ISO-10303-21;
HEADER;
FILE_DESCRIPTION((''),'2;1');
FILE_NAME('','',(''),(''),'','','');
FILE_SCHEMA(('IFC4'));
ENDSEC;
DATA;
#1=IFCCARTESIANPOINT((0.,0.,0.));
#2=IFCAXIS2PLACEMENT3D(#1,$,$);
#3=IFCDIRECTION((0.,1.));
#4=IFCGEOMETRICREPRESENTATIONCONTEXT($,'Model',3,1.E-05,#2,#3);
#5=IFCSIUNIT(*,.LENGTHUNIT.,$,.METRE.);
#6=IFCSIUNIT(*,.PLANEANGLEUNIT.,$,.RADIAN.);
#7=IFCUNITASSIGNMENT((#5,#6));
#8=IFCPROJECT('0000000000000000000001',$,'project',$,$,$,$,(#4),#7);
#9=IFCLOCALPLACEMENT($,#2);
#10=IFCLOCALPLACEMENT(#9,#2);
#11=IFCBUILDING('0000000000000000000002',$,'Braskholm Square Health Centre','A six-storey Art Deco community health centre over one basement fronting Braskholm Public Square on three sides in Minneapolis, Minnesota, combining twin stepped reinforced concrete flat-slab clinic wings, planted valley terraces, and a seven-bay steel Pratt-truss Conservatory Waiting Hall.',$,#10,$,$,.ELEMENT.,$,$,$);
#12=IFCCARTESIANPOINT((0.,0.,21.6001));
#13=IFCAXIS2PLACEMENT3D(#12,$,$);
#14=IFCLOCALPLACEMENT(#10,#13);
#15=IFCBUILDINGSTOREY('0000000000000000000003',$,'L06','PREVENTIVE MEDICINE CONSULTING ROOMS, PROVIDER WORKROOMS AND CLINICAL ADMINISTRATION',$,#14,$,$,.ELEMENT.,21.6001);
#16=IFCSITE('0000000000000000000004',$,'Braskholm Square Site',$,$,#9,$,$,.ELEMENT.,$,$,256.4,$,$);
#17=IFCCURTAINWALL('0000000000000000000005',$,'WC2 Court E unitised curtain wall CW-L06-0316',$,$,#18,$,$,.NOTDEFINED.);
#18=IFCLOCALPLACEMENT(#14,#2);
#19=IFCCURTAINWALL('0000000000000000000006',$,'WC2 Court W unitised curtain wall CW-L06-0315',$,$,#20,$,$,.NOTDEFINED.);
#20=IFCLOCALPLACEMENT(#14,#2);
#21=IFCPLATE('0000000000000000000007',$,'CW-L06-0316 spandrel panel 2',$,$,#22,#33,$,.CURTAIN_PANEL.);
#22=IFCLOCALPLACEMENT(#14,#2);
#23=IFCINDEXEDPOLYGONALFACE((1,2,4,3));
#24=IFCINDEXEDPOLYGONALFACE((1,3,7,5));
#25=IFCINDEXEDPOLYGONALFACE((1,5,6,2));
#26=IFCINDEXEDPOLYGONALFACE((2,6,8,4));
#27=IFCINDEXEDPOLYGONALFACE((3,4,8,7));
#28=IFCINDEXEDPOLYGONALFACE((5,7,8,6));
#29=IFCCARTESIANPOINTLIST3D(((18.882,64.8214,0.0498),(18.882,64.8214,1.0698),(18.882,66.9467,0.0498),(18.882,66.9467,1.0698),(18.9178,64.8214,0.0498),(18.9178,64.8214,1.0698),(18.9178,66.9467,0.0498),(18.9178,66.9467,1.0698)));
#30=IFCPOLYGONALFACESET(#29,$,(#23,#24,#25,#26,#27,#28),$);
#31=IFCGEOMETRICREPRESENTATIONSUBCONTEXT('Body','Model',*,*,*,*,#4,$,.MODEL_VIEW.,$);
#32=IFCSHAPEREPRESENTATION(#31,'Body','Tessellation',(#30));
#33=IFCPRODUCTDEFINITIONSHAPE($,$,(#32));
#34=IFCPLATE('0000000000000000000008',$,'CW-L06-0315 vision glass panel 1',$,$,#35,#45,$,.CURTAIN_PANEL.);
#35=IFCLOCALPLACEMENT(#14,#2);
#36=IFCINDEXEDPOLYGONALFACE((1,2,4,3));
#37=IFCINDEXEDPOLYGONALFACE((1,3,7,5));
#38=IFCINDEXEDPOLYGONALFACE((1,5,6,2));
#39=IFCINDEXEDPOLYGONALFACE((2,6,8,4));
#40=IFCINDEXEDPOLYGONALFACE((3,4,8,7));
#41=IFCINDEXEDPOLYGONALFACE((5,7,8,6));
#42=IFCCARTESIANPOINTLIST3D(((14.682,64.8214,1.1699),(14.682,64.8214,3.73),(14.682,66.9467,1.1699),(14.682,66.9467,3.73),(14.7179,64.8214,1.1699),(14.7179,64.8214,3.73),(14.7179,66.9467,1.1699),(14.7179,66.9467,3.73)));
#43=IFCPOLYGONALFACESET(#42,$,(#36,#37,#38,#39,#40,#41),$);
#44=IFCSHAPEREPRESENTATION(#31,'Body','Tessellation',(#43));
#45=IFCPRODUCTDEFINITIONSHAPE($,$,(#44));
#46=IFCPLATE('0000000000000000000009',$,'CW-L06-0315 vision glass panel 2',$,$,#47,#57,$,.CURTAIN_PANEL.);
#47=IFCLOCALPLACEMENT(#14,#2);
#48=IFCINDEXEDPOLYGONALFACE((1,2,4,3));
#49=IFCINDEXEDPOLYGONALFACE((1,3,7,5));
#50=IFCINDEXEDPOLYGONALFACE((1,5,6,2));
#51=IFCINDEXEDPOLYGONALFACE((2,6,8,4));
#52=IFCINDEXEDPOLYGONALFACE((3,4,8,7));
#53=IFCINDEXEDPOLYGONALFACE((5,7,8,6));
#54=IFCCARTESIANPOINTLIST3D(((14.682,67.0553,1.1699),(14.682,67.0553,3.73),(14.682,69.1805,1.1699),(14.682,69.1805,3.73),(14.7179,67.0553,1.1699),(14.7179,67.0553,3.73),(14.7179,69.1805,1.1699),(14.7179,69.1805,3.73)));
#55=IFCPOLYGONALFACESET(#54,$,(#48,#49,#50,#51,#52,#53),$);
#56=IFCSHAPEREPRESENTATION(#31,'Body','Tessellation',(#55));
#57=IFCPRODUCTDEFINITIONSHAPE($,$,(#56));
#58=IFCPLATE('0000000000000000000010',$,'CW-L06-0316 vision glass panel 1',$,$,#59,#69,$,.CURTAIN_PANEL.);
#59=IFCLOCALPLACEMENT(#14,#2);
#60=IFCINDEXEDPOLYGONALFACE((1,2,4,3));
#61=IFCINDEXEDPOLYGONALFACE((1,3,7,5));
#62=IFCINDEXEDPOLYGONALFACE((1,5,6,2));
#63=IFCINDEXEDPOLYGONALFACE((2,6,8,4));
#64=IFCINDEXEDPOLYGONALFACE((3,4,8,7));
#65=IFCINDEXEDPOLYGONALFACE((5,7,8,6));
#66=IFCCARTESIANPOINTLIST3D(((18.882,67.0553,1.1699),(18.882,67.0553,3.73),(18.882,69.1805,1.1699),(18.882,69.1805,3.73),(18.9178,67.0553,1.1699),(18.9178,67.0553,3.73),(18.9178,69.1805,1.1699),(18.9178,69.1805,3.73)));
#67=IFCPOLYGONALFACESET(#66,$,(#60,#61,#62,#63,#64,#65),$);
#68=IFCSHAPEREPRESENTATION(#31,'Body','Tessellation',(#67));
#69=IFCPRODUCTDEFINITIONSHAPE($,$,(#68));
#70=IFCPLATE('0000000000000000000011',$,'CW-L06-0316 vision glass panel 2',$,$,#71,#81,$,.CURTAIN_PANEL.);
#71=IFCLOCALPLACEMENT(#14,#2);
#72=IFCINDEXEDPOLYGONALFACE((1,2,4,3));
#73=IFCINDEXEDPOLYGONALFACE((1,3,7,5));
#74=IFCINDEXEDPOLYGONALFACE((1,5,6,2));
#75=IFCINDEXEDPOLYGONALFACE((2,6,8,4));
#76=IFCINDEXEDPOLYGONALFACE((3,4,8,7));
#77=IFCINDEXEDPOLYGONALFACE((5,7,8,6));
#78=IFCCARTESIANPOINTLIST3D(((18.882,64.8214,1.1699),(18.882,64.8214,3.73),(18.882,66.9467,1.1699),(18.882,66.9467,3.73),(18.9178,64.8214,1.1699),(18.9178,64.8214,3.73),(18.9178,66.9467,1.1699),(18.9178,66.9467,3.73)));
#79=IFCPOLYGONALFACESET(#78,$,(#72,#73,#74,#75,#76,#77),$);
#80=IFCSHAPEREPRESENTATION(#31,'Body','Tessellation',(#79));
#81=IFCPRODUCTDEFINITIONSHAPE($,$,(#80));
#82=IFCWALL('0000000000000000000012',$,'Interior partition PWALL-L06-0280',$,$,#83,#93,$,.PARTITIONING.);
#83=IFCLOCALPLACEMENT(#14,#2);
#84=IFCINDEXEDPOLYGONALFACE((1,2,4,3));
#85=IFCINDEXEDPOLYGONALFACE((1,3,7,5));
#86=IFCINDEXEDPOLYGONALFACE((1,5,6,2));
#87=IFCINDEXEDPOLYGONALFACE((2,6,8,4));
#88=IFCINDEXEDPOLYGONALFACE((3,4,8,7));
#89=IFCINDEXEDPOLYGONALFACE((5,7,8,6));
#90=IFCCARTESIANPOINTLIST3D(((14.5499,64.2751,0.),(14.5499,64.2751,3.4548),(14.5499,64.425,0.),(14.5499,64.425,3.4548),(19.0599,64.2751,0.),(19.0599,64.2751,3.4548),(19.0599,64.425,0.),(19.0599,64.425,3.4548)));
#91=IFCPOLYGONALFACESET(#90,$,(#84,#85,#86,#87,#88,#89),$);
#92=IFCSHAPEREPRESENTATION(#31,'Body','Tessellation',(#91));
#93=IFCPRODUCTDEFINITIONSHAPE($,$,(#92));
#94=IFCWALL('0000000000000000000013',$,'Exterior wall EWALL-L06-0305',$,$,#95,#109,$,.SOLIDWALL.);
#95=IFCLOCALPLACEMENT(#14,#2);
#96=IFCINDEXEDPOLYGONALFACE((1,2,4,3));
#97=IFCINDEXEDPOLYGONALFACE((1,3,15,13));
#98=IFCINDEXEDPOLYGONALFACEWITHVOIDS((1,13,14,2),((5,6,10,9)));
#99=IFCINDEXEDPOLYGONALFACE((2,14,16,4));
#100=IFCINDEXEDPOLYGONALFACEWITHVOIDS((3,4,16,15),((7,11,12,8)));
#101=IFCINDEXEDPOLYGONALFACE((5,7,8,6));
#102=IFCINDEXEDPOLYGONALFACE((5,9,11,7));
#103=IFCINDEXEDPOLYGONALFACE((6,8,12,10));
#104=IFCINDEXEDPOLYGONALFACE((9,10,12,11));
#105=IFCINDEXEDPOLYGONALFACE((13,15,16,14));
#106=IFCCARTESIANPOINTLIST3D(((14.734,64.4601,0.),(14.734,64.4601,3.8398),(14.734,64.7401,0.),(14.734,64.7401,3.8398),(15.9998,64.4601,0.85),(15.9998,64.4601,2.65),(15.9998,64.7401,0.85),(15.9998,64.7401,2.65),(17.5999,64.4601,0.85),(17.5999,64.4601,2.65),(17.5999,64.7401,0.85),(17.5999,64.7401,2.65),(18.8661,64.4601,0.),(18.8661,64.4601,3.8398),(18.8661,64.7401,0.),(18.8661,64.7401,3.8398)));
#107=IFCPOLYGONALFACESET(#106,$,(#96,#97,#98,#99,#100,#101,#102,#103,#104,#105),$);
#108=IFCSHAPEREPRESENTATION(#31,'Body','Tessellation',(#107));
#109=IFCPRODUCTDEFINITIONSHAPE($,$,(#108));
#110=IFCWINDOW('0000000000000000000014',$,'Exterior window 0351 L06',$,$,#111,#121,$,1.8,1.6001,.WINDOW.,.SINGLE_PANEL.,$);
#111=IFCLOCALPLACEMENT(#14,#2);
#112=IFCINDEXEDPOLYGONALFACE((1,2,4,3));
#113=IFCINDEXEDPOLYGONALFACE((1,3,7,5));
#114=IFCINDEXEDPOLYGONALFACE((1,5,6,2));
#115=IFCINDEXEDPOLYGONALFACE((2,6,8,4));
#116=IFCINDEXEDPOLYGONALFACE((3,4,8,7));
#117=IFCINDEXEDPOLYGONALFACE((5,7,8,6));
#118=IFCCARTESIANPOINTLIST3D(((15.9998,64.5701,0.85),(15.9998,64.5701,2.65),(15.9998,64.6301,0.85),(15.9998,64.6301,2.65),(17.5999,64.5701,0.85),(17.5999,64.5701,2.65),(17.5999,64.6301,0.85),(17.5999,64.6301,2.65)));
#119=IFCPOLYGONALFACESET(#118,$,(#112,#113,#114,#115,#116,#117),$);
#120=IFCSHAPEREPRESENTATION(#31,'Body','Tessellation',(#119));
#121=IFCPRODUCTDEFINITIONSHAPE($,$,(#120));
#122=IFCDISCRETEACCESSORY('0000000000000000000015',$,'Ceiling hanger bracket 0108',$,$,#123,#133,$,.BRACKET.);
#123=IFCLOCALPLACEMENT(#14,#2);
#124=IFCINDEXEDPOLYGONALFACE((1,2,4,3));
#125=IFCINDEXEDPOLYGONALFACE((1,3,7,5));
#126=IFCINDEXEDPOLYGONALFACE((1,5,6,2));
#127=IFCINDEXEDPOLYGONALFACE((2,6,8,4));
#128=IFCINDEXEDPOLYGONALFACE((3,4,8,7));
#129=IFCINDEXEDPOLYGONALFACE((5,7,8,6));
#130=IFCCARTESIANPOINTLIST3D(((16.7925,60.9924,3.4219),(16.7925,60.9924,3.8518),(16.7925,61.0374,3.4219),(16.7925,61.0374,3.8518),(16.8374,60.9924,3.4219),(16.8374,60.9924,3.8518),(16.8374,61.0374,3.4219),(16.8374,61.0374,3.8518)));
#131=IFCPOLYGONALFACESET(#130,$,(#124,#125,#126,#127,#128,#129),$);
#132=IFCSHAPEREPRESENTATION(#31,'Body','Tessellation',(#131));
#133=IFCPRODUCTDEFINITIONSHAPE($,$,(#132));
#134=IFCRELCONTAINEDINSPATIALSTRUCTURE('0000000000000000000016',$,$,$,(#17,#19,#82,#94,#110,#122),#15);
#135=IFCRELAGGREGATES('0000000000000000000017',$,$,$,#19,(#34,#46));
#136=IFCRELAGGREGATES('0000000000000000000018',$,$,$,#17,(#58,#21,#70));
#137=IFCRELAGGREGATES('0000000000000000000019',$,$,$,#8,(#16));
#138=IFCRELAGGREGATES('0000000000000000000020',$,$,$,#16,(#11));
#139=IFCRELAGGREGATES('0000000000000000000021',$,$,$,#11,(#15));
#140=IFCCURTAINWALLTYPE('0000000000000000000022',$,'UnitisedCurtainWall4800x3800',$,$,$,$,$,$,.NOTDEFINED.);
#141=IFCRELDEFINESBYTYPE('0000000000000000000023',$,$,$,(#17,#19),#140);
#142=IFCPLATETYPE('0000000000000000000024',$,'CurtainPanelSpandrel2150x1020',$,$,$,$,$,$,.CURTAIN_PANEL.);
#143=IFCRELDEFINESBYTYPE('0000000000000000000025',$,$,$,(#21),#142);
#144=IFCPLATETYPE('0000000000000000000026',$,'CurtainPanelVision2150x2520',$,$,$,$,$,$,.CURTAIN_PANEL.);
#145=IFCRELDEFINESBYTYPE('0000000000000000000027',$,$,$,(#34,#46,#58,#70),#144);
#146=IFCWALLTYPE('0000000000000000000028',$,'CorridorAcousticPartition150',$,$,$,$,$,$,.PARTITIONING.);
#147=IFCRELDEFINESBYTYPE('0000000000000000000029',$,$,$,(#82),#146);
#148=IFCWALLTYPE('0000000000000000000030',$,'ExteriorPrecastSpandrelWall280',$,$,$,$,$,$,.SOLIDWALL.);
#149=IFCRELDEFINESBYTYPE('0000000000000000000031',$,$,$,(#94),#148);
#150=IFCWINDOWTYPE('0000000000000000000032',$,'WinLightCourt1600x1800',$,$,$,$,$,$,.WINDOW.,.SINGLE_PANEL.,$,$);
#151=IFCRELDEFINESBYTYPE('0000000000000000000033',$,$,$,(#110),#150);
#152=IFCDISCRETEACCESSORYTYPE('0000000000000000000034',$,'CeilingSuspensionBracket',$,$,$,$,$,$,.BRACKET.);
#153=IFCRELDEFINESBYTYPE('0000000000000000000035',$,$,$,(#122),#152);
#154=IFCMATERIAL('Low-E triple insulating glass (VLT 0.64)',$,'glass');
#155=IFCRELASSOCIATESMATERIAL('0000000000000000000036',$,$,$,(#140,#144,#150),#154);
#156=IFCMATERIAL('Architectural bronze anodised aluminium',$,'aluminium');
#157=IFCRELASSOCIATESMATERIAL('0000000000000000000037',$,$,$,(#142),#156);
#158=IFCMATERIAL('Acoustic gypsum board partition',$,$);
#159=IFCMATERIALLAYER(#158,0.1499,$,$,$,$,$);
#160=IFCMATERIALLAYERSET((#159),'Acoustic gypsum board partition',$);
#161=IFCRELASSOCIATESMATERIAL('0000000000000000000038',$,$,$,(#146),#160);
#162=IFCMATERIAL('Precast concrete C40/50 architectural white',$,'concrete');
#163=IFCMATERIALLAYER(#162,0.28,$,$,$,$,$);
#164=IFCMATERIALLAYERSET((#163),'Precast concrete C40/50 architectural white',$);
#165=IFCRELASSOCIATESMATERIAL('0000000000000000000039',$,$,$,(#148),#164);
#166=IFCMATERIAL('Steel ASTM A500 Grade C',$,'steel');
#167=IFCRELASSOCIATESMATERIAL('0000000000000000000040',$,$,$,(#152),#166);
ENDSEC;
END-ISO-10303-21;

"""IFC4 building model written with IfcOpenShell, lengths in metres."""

from ifc_helpers import new_model, si_unit, direction, frame, frame_2d, origin, origin_with_axes, origin_2d, place, context, subcontext, project, spatial, rectangle, extrude, material, layer, layer_set, type_object, element, fill, aggregate, save


model = new_model("IFC4")

# Units and contexts
model_context = context("Model", 3, precision=1e-05, world=origin(), true_north=direction((0.0, 1.0)))
body_context = subcontext(model_context, "Body", "Model", "MODEL_VIEW")
ifc_project = project(units=[si_unit("LENGTHUNIT", "METRE"), si_unit("PLANEANGLEUNIT", "RADIAN")], contexts=[model_context])

# Site, building, storey
site_placement = place(None, origin())
site = spatial("IfcSite", under=ifc_project, at=site_placement, Name="Braskholm Square Site", CompositionType="ELEMENT", RefElevation=256.4)
building_placement = place(site_placement, origin())
building = spatial("IfcBuilding", under=site, at=building_placement, Name="Braskholm Square Health Centre", Description="A six-storey Art Deco community health centre over one basement fronting Braskholm Public Square on three sides in Minneapolis, Minnesota, combining twin stepped reinforced concrete flat-slab clinic wings, planted valley terraces, and a seven-bay steel Pratt-truss Conservatory Waiting Hall.", CompositionType="ELEMENT")
storey_placement = place(building_placement, frame((0.0, 0.0, 21.6001)))
storey = spatial("IfcBuildingStorey", under=building, at=storey_placement, Name="L06", Description="PREVENTIVE MEDICINE CONSULTING ROOMS, PROVIDER WORKROOMS AND CLINICAL ADMINISTRATION", CompositionType="ELEMENT", Elevation=21.6001)

# Curtain walls
ifc_material_1 = material(Name="Low-E triple insulating glass (VLT 0.64)", Category="glass")
curtain_wall_type = type_object("IfcCurtainWallType", Name="UnitisedCurtainWall4800x3800", PredefinedType="NOTDEFINED", material=ifc_material_1)
curtain_wall_1_placement = place(storey_placement, origin())
curtain_wall_1 = element("IfcCurtainWall", 1, at=curtain_wall_1_placement, inside=storey, type_object=curtain_wall_type, Name="WC2 Court E unitised curtain wall CW-L06-0316", PredefinedType="NOTDEFINED")
ifc_material_2 = material(Name="Architectural bronze anodised aluminium", Category="aluminium")
curtain_wall_2_placement = place(storey_placement, origin())
curtain_wall_2 = element("IfcCurtainWall", 2, at=curtain_wall_2_placement, inside=storey, type_object=curtain_wall_type, Name="WC2 Court W unitised curtain wall CW-L06-0315", PredefinedType="NOTDEFINED")

# Plates
plate_type_1 = type_object("IfcPlateType", Name="CurtainPanelSpandrel2150x1020", PredefinedType="CURTAIN_PANEL", material=ifc_material_2)
plate_1_placement = place(storey_placement, frame((18.8999, 65.884, 0.0498), z_axis=(0.0, 0.0, 1.0), x_axis=(0.0, -1.0, 0.0)))
plate_1 = element("IfcPlate", 3, at=plate_1_placement, type_object=plate_type_1, Name="CW-L06-0316 spandrel panel 2", PredefinedType="CURTAIN_PANEL", context=body_context, shape_type="SweptSolid", body=[
    extrude(rectangle(XDim=2.1252, YDim=0.0359, at=origin_2d()), origin(), (0.0, 0.0, 1.0), 1.02),
])
plate_type_2 = type_object("IfcPlateType", Name="CurtainPanelVision2150x2520", PredefinedType="CURTAIN_PANEL", material=ifc_material_1)
plate_2_placement = place(storey_placement, frame((14.7, 65.884, 1.1699), z_axis=(0.0, 0.0, 1.0), x_axis=(0.0, 1.0, 0.0)))
plate_2 = element("IfcPlate", 4, at=plate_2_placement, type_object=plate_type_2, Name="CW-L06-0315 vision glass panel 1", PredefinedType="CURTAIN_PANEL", context=body_context, shape_type="SweptSolid", body=[
    extrude(rectangle(XDim=2.1252, YDim=0.0359, at=origin_2d()), origin(), (0.0, 0.0, 1.0), 2.5601),
])
plate_3_placement = place(storey_placement, frame((14.7, 68.1179, 1.1699), z_axis=(0.0, 0.0, 1.0), x_axis=(0.0, 1.0, 0.0)))
plate_3 = element("IfcPlate", 5, at=plate_3_placement, type_object=plate_type_2, Name="CW-L06-0315 vision glass panel 2", PredefinedType="CURTAIN_PANEL", context=body_context, shape_type="SweptSolid", body=[
    extrude(rectangle(XDim=2.1252, YDim=0.0359, at=origin_2d()), origin(), (0.0, 0.0, 1.0), 2.5601),
])
aggregate(curtain_wall_2, [plate_2, plate_3])
plate_4_placement = place(storey_placement, frame((18.8999, 68.1179, 1.1699), z_axis=(0.0, 0.0, 1.0), x_axis=(0.0, -1.0, 0.0)))
plate_4 = element("IfcPlate", 6, at=plate_4_placement, type_object=plate_type_2, Name="CW-L06-0316 vision glass panel 1", PredefinedType="CURTAIN_PANEL", context=body_context, shape_type="SweptSolid", body=[
    extrude(rectangle(XDim=2.1252, YDim=0.0359, at=origin_2d()), origin(), (0.0, 0.0, 1.0), 2.5601),
])
plate_5_placement = place(storey_placement, frame((18.8999, 65.884, 1.1699), z_axis=(0.0, 0.0, 1.0), x_axis=(0.0, -1.0, 0.0)))
plate_5 = element("IfcPlate", 7, at=plate_5_placement, type_object=plate_type_2, Name="CW-L06-0316 vision glass panel 2", PredefinedType="CURTAIN_PANEL", context=body_context, shape_type="SweptSolid", body=[
    extrude(rectangle(XDim=2.1252, YDim=0.0359, at=origin_2d()), origin(), (0.0, 0.0, 1.0), 2.5601),
])
aggregate(curtain_wall_1, [plate_4, plate_1, plate_5])

# Wall
ifc_material_3 = material(Name="Acoustic gypsum board partition")
ifc_layer_1 = layer(ifc_material_3, 0.1499)
ifc_layer_set_1 = layer_set([ifc_layer_1], Name="Acoustic gypsum board partition")
wall_type_1 = type_object("IfcWallType", Name="CorridorAcousticPartition150", PredefinedType="PARTITIONING", material=ifc_layer_set_1)
wall_1_placement = place(storey_placement, frame((14.55, 64.3501, 0.0), z_axis=(0.0, 0.0, 1.0), x_axis=(1.0, 0.0, 0.0)))
element("IfcWall", 8, at=wall_1_placement, inside=storey, type_object=wall_type_1, Name="Interior partition PWALL-L06-0280", PredefinedType="PARTITIONING", context=body_context, shape_type="SweptSolid", body=[
    extrude(rectangle(XDim=4.51, YDim=0.1499, at=frame_2d((2.2549, 0.0))), origin(), (0.0, 0.0, 1.0), 3.4548),
])

# Wall, opening, window
ifc_material_4 = material(Name="Precast concrete C40/50 architectural white", Category="concrete")
ifc_layer_2 = layer(ifc_material_4, 0.28)
ifc_layer_set_2 = layer_set([ifc_layer_2], Name="Precast concrete C40/50 architectural white")
wall_type_2 = type_object("IfcWallType", Name="ExteriorPrecastSpandrelWall280", PredefinedType="SOLIDWALL", material=ifc_layer_set_2)
wall_2_placement = place(storey_placement, frame((18.866, 64.6001, 0.0), z_axis=(0.0, 0.0, 1.0), x_axis=(-1.0, 0.0, 0.0)))
wall_2 = element("IfcWall", 9, at=wall_2_placement, inside=storey, type_object=wall_type_2, Name="Exterior wall EWALL-L06-0305", PredefinedType="SOLIDWALL", context=body_context, shape_type="SweptSolid", body=[
    extrude(rectangle(XDim=4.1321, YDim=0.28, at=frame_2d((2.0659, 0.0))), origin(), (0.0, 0.0, 1.0), 3.8398),
])
opening_placement = place(wall_2_placement, frame((1.2661, 0.0, 0.8501)))
opening = element("IfcOpeningElement", 10, at=opening_placement, cuts=wall_2, PredefinedType="OPENING", context=body_context, shape_type="SweptSolid", body=[
    extrude(rectangle(XDim=1.6001, YDim=1.8, at=frame_2d((0.8, 0.8999))), frame((0.0, 0.1499, 0.0), z_axis=(0.0, -1.0, 0.0), x_axis=(1.0, 0.0, 0.0)), (0.0, 0.0, 1.0), 0.3),
])
window_type = type_object("IfcWindowType", Name="WinLightCourt1600x1800", PartitioningType="SINGLE_PANEL", PredefinedType="WINDOW", material=ifc_material_1)
window_placement = place(opening_placement, origin_with_axes())
window = element("IfcWindow", 11, at=window_placement, inside=storey, type_object=window_type, Name="Exterior window 0351 L06", OverallHeight=1.8, OverallWidth=1.6001, PartitioningType="SINGLE_PANEL", PredefinedType="WINDOW", context=body_context, shape_type="SweptSolid", body=[
    extrude(rectangle(XDim=1.6001, YDim=1.8, at=frame_2d((0.8, 0.8999))), frame((0.0, 0.03, 0.0), z_axis=(0.0, -1.0, 0.0), x_axis=(1.0, 0.0, 0.0)), (0.0, 0.0, 1.0), 0.0601),
])
fill(opening, window)

# Discrete accessory
ifc_material_5 = material(Name="Steel ASTM A500 Grade C", Category="steel")
discrete_accessory_type = type_object("IfcDiscreteAccessoryType", Name="CeilingSuspensionBracket", PredefinedType="BRACKET", material=ifc_material_5)
discrete_accessory_placement = place(storey_placement, frame((16.8149, 61.0149, 3.4219), z_axis=(0.0, 0.0, 1.0), x_axis=(1.0, 0.0, 0.0)))
element("IfcDiscreteAccessory", 12, at=discrete_accessory_placement, inside=storey, type_object=discrete_accessory_type, Name="Ceiling hanger bracket 0108", PredefinedType="BRACKET", context=body_context, shape_type="SweptSolid", body=[
    extrude(rectangle(XDim=0.0449, YDim=0.0449, at=origin_2d()), origin(), (0.0, 0.0, 1.0), 0.4299),
])

save(model, "model.ifc")
